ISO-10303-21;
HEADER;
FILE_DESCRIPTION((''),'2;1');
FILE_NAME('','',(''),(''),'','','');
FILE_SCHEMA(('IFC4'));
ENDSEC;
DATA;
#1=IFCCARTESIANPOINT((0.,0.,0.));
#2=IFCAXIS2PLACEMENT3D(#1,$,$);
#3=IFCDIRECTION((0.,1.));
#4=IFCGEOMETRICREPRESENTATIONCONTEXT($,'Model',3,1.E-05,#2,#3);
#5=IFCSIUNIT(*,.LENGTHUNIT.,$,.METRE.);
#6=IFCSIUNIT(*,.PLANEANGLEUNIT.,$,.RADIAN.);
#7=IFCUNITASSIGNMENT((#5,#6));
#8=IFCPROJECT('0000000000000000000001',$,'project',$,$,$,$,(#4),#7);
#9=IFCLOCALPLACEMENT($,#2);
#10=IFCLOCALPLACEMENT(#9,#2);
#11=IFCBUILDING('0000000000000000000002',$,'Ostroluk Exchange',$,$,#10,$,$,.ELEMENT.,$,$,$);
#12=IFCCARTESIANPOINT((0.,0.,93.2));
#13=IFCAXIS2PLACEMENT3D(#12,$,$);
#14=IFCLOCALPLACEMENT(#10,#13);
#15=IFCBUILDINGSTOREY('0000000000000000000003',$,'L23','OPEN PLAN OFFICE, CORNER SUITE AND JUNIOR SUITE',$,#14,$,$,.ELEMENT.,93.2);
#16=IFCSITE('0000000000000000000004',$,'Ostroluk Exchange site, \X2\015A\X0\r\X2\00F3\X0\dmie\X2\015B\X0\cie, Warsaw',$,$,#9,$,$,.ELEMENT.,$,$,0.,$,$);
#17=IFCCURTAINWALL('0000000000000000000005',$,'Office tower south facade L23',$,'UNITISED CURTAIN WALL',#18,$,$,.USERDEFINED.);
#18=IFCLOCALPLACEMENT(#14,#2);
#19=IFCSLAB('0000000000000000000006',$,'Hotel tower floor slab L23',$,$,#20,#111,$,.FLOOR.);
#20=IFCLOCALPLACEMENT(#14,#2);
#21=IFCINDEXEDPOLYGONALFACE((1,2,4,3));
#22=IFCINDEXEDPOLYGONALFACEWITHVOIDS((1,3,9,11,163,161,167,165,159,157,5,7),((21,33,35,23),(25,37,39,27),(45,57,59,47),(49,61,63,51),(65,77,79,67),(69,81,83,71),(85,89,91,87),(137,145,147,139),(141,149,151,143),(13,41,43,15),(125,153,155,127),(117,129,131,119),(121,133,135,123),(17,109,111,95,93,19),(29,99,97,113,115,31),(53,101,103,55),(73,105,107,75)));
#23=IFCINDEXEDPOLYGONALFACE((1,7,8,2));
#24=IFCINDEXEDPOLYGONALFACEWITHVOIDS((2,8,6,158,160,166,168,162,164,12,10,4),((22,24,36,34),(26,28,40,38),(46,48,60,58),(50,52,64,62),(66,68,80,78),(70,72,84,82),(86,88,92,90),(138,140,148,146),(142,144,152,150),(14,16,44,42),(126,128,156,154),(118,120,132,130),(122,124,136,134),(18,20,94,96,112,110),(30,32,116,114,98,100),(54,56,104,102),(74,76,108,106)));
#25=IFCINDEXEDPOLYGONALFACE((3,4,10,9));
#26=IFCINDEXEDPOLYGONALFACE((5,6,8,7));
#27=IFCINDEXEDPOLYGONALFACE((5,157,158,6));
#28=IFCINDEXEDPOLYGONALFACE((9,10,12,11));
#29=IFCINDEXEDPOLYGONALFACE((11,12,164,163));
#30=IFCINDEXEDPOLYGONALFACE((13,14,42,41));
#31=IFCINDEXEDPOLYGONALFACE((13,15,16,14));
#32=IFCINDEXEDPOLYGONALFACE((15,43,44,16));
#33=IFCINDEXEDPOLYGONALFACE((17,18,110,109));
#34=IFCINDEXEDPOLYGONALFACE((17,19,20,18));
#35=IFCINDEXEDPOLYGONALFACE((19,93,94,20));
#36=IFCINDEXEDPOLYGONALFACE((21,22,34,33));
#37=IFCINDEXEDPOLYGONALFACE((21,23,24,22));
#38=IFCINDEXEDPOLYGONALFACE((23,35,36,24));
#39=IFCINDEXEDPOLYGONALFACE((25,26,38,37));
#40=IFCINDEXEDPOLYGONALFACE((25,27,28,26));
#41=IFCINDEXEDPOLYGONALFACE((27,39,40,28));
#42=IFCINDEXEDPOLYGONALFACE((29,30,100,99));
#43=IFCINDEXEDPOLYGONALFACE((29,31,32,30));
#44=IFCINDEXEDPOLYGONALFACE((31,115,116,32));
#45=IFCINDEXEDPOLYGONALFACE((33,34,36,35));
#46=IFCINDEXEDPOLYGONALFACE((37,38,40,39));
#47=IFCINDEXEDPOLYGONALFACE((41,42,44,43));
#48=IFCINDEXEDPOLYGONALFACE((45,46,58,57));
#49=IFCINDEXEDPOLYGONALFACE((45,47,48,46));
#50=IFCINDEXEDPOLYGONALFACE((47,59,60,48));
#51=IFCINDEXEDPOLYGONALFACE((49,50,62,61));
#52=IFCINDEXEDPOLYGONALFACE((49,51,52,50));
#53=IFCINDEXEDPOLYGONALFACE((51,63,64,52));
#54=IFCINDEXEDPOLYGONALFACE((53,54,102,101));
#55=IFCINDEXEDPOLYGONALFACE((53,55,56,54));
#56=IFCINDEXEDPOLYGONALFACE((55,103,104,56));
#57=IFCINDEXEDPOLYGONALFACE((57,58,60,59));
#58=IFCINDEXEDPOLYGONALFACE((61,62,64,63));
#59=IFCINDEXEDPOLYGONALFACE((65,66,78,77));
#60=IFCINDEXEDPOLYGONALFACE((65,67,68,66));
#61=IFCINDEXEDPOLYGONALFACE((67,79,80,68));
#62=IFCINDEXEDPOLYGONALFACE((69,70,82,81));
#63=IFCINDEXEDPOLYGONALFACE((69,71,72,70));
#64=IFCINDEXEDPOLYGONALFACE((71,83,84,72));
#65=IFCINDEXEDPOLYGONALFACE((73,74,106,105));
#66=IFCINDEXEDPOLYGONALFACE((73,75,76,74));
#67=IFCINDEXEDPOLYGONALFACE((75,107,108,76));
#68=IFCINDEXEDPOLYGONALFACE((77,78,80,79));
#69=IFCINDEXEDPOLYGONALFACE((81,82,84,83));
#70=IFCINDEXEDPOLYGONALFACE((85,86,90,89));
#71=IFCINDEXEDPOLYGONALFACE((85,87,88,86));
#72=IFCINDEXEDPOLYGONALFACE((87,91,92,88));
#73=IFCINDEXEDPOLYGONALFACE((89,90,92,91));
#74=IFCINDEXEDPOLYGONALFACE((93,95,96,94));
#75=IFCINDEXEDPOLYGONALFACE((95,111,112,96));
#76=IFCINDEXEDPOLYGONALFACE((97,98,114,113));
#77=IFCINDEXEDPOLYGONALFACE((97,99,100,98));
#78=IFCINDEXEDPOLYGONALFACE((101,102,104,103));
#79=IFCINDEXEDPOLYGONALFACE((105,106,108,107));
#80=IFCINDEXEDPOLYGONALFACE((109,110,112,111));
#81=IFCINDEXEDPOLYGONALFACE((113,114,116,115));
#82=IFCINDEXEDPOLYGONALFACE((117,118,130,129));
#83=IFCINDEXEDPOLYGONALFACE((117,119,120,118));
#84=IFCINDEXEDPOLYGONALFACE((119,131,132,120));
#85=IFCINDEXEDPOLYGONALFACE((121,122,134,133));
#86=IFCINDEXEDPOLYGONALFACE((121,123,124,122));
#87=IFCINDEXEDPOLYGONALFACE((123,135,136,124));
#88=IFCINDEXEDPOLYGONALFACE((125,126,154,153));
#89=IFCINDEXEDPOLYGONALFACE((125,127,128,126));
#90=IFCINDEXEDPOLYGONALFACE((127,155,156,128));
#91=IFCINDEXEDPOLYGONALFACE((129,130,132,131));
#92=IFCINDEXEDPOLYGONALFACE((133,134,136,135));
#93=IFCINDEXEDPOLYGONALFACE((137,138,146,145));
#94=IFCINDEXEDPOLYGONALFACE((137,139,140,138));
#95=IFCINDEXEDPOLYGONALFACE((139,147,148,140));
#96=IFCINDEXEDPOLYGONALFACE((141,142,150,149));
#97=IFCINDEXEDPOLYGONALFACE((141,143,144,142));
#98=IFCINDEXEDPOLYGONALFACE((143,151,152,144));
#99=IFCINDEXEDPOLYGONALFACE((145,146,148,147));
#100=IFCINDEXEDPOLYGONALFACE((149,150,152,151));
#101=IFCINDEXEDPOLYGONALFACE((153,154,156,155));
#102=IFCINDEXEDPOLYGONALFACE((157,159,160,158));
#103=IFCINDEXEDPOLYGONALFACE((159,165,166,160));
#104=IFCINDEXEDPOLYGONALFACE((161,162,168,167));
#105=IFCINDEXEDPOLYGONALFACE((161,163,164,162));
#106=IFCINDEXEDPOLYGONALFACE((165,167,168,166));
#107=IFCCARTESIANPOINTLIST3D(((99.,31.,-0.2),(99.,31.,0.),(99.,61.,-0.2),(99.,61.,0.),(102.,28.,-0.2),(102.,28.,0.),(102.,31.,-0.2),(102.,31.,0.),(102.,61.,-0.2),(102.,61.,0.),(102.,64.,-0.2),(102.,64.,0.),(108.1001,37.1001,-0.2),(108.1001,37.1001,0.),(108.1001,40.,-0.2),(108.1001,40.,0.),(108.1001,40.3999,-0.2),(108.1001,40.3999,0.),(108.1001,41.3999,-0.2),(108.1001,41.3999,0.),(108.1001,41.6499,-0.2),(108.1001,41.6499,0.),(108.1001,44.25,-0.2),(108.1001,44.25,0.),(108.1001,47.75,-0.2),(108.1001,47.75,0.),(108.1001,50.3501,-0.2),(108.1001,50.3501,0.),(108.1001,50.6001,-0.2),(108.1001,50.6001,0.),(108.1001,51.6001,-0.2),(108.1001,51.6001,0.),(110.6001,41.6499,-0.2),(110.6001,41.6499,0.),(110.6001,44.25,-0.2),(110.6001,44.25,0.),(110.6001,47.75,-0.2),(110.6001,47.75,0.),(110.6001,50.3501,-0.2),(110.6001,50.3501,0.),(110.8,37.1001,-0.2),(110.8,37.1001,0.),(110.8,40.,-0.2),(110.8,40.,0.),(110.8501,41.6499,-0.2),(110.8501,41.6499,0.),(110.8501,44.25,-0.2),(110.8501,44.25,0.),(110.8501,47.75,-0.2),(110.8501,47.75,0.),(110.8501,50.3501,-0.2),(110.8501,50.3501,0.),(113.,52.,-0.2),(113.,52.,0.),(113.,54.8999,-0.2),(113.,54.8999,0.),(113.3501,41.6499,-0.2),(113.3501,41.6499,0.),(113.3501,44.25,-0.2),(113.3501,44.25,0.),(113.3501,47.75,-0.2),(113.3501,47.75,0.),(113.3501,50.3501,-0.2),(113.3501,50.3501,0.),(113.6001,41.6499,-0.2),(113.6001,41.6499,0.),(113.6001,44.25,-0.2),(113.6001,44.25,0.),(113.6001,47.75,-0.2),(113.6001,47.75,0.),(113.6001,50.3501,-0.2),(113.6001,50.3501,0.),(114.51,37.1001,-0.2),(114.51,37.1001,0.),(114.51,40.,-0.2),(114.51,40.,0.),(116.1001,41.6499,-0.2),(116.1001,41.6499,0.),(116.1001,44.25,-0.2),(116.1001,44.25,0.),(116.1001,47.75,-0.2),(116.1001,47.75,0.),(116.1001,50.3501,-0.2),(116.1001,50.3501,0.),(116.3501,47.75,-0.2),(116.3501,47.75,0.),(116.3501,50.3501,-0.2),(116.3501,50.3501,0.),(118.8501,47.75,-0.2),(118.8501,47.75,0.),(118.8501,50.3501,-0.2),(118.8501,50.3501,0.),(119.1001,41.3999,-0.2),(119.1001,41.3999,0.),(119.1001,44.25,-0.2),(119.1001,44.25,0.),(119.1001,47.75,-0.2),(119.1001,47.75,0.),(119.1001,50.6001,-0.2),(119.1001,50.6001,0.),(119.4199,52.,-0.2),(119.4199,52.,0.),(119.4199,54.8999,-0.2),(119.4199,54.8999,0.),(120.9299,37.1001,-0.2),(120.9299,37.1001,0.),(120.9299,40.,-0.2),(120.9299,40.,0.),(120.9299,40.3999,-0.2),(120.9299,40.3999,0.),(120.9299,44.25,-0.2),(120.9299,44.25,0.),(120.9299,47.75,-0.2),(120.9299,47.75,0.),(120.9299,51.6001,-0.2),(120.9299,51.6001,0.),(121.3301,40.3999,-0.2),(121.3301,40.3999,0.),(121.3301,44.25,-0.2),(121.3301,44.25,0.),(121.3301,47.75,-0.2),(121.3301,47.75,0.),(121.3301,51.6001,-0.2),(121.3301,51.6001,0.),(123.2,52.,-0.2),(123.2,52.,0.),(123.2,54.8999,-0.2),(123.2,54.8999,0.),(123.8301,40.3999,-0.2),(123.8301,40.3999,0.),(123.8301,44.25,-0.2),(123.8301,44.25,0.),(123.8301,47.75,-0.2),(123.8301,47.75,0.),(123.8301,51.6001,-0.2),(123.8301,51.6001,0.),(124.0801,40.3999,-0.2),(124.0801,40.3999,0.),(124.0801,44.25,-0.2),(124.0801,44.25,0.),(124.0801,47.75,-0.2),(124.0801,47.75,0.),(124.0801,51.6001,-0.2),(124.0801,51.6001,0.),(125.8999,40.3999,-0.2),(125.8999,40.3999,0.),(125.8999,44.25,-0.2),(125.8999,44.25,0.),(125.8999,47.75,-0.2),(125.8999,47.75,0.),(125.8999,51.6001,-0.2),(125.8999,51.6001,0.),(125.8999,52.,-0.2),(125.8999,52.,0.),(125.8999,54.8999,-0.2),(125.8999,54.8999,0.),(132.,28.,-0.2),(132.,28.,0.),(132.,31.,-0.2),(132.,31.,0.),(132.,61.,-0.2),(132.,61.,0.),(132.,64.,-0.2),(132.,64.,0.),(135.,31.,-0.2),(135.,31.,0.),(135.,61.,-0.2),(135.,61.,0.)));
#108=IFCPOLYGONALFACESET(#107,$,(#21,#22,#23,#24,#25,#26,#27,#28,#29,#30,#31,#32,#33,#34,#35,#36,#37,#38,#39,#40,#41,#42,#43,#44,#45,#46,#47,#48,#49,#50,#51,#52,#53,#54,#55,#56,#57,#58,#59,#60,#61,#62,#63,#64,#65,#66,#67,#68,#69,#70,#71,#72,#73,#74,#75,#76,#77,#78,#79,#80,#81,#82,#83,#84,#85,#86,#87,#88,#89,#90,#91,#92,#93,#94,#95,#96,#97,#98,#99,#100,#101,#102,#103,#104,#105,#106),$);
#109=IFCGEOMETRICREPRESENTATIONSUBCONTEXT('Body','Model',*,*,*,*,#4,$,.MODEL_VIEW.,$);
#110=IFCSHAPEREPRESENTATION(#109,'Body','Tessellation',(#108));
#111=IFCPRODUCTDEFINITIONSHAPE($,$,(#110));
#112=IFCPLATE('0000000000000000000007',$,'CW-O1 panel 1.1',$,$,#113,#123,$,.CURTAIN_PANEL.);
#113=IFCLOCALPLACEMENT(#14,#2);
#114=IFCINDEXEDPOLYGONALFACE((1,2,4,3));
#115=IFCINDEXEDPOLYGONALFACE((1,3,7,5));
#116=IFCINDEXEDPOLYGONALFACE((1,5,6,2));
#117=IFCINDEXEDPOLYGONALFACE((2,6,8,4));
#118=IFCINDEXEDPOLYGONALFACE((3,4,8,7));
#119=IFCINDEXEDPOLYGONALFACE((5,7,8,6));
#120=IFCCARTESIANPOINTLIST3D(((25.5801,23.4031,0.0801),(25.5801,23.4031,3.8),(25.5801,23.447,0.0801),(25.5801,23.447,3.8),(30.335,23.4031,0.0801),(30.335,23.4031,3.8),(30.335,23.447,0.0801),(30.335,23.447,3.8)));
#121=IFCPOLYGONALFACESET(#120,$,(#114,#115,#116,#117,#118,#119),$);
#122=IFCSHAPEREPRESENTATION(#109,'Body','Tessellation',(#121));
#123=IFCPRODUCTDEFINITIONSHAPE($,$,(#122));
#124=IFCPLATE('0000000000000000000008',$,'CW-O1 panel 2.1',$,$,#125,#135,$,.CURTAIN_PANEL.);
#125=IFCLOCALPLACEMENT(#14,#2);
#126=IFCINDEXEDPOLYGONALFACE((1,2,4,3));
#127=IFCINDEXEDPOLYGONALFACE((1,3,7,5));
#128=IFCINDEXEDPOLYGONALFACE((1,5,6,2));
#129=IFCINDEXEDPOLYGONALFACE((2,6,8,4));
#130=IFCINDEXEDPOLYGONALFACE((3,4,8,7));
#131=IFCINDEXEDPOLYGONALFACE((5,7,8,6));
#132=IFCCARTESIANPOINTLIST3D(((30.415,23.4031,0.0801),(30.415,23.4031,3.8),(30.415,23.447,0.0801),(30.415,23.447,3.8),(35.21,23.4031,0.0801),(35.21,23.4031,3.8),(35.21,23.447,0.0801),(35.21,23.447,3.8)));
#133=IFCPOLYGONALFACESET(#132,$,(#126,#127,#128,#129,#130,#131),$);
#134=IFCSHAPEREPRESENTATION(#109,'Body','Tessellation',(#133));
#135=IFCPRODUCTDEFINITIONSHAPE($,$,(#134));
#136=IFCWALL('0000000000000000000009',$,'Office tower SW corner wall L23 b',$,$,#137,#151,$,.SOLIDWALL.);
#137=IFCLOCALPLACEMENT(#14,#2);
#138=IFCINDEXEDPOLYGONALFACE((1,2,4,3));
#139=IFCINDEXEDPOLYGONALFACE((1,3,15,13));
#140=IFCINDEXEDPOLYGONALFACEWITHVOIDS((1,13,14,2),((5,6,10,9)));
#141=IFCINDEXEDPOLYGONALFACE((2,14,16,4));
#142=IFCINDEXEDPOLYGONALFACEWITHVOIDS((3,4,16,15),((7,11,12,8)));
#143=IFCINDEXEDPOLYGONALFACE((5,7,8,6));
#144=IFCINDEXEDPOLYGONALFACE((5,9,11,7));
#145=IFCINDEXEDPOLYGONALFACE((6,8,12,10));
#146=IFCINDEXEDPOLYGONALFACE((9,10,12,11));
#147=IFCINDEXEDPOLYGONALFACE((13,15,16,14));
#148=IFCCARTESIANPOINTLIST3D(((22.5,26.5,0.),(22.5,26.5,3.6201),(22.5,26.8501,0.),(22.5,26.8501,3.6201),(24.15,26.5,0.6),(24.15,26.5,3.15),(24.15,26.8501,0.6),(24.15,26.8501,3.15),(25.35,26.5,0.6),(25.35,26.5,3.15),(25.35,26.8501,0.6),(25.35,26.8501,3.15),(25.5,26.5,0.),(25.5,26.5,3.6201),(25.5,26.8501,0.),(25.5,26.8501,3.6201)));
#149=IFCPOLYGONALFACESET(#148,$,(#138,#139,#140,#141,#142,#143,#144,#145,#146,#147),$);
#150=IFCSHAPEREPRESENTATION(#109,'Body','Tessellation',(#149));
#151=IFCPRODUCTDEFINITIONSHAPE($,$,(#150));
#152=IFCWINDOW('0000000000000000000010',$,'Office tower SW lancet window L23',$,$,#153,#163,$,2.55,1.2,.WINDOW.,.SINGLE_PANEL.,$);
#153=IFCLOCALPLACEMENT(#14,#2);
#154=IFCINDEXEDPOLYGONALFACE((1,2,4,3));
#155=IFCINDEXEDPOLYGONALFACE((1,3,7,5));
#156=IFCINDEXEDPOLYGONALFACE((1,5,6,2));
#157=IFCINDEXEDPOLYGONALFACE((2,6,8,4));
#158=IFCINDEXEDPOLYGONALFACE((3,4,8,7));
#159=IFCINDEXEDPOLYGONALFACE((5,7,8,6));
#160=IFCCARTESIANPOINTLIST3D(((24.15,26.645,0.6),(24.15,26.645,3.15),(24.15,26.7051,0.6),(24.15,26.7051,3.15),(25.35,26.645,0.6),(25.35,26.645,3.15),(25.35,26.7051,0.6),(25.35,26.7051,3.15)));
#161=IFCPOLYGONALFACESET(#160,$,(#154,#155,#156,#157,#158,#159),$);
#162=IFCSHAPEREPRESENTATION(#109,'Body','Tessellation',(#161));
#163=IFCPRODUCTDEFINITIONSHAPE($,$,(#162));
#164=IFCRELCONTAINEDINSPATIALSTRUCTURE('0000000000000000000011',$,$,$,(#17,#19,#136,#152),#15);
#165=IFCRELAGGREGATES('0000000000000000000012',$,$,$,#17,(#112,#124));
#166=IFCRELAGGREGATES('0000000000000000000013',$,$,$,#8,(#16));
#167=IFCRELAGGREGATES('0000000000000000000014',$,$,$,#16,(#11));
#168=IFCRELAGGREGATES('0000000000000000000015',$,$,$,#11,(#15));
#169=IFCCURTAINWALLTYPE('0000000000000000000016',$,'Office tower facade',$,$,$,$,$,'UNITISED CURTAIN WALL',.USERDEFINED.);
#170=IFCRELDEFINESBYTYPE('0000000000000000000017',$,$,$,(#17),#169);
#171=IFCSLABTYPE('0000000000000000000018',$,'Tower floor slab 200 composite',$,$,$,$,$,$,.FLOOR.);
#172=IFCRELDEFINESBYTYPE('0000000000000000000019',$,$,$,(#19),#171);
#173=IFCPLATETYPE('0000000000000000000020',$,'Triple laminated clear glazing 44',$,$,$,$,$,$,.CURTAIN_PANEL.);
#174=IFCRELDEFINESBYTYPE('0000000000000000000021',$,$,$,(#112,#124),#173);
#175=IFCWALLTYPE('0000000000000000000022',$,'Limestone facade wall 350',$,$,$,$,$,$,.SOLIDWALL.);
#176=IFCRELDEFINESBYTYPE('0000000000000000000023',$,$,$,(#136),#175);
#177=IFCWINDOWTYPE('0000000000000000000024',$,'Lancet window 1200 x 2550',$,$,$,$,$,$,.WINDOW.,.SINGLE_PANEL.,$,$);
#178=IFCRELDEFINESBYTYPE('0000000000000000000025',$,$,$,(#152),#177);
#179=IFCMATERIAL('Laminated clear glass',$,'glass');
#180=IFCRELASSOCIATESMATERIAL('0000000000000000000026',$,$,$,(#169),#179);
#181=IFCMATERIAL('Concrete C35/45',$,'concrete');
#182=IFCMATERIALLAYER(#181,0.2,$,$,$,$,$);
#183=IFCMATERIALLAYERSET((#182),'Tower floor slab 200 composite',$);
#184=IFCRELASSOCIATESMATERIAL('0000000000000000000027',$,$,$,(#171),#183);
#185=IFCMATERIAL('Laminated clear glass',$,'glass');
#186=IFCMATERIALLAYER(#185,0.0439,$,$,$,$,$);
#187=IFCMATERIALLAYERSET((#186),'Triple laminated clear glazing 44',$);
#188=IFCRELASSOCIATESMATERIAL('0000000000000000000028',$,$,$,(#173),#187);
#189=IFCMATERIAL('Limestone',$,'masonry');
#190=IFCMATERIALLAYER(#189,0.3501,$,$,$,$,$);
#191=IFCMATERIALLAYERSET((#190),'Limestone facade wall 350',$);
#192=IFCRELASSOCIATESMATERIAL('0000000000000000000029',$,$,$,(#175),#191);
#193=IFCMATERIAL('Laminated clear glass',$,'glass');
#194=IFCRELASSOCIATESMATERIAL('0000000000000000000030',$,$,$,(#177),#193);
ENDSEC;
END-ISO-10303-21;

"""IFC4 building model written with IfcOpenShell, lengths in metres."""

from ifc_helpers import new_model, si_unit, direction, frame, frame_2d, origin, origin_2d, place, context, subcontext, project, spatial, polyline, rectangle, outline, extrude, material, layer, layer_set, type_object, element, fill, aggregate, save


model = new_model("IFC4")

# Units and contexts
model_context = context("Model", 3, precision=1e-05, world=origin(), true_north=direction((0.0, 1.0)))
body_context = subcontext(model_context, "Body", "Model", "MODEL_VIEW")
ifc_project = project(units=[si_unit("LENGTHUNIT", "METRE"), si_unit("PLANEANGLEUNIT", "RADIAN")], contexts=[model_context])

# Site, building, storey
site_placement = place(None, origin())
site = spatial("IfcSite", under=ifc_project, at=site_placement, Name="Ostroluk Exchange site, Śródmieście, Warsaw", CompositionType="ELEMENT", RefElevation=0.0)
building_placement = place(site_placement, origin())
building = spatial("IfcBuilding", under=site, at=building_placement, Name="Ostroluk Exchange", CompositionType="ELEMENT")
storey_placement = place(building_placement, frame((0.0, 0.0, 93.2)))
storey = spatial("IfcBuildingStorey", under=building, at=storey_placement, Name="L23", Description="OPEN PLAN OFFICE, CORNER SUITE AND JUNIOR SUITE", CompositionType="ELEMENT", Elevation=93.2)

# Curtain wall
ifc_material_1 = material(Name="Laminated clear glass", Category="glass")
curtain_wall_type = type_object("IfcCurtainWallType", Name="Office tower facade", ElementType="UNITISED CURTAIN WALL", PredefinedType="USERDEFINED", material=ifc_material_1)
curtain_wall_1_placement = place(storey_placement, origin())
curtain_wall_1 = element("IfcCurtainWall", 1, at=curtain_wall_1_placement, inside=storey, type_object=curtain_wall_type, Name="Office tower south facade L23", ObjectType="UNITISED CURTAIN WALL", PredefinedType="USERDEFINED")

# Slab
ifc_material_2 = material(Name="Concrete C35/45", Category="concrete")
ifc_layer_1 = layer(ifc_material_2, 0.2)
ifc_layer_set_1 = layer_set([ifc_layer_1], Name="Tower floor slab 200 composite")
slab_type_1 = type_object("IfcSlabType", Name="Tower floor slab 200 composite", PredefinedType="FLOOR", material=ifc_layer_set_1)
slab_1_placement = place(storey_placement, frame((0.0, 0.0, -0.2)))
element("IfcSlab", 2, at=slab_1_placement, inside=storey, type_object=slab_type_1, Name="Hotel tower floor slab L23", PredefinedType="FLOOR", context=body_context, shape_type="SweptSolid", body=[
    extrude(outline(polyline([(102.0, 28.0), (132.0, 28.0), (132.0, 31.0), (135.0, 31.0), (135.0, 61.0), (132.0, 61.0), (132.0, 64.0), (102.0, 64.0), (102.0, 61.0), (99.0, 61.0), (99.0, 31.0), (102.0, 31.0), (102.0, 28.0)]), holes=[polyline([(108.1001, 37.1001), (110.8, 37.1001), (110.8, 40.0), (108.1001, 40.0), (108.1001, 37.1001)]), polyline([(114.51, 37.1001), (120.9299, 37.1001), (120.9299, 40.0), (114.51, 40.0), (114.51, 37.1001)]), polyline([(113.0, 52.0), (119.4199, 52.0), (119.4199, 54.8999), (113.0, 54.8999), (113.0, 52.0)]), polyline([(123.2, 52.0), (125.8999, 52.0), (125.8999, 54.8999), (123.2, 54.8999), (123.2, 52.0)]), polyline([(108.1001, 47.75), (110.6001, 47.75), (110.6001, 50.3501), (108.1001, 50.3501), (108.1001, 47.75)]), polyline([(110.8501, 47.75), (113.3501, 47.75), (113.3501, 50.3501), (110.8501, 50.3501), (110.8501, 47.75)]), polyline([(113.6001, 47.75), (116.1001, 47.75), (116.1001, 50.3501), (113.6001, 50.3501), (113.6001, 47.75)]), polyline([(116.3501, 47.75), (118.8501, 47.75), (118.8501, 50.3501), (116.3501, 50.3501), (116.3501, 47.75)]), polyline([(108.1001, 41.6499), (110.6001, 41.6499), (110.6001, 44.25), (108.1001, 44.25), (108.1001, 41.6499)]), polyline([(110.8501, 41.6499), (113.3501, 41.6499), (113.3501, 44.25), (110.8501, 44.25), (110.8501, 41.6499)]), polyline([(113.6001, 41.6499), (116.1001, 41.6499), (116.1001, 44.25), (113.6001, 44.25), (113.6001, 41.6499)]), polyline([(121.3301, 47.75), (123.8301, 47.75), (123.8301, 51.6001), (121.3301, 51.6001), (121.3301, 47.75)]), polyline([(121.3301, 40.3999), (123.8301, 40.3999), (123.8301, 44.25), (121.3301, 44.25), (121.3301, 40.3999)]), polyline([(120.9299, 51.6001), (120.9299, 47.75), (119.1001, 47.75), (119.1001, 50.6001), (108.1001, 50.6001), (108.1001, 51.6001), (120.9299, 51.6001)]), polyline([(108.1001, 40.3999), (108.1001, 41.3999), (119.1001, 41.3999), (119.1001, 44.25), (120.9299, 44.25), (120.9299, 40.3999), (108.1001, 40.3999)]), polyline([(124.0801, 47.75), (125.8999, 47.75), (125.8999, 51.6001), (124.0801, 51.6001), (124.0801, 47.75)]), polyline([(124.0801, 40.3999), (125.8999, 40.3999), (125.8999, 44.25), (124.0801, 44.25), (124.0801, 40.3999)])]), origin(), (0.0, 0.0, 1.0), 0.2),
])

# Plates
ifc_material_3 = material(Name="Laminated clear glass", Category="glass")
ifc_layer_2 = layer(ifc_material_3, 0.0439)
ifc_layer_set_2 = layer_set([ifc_layer_2], Name="Triple laminated clear glazing 44")
plate_type_1 = type_object("IfcPlateType", Name="Triple laminated clear glazing 44", PredefinedType="CURTAIN_PANEL", material=ifc_layer_set_2)
plate_1_placement = place(storey_placement, frame((27.9575, 23.425, 0.0801), z_axis=(0.0, 0.0, 1.0), x_axis=(1.0, 0.0, 0.0)))
plate_1 = element("IfcPlate", 3, at=plate_1_placement, type_object=plate_type_1, Name="CW-O1 panel 1.1", PredefinedType="CURTAIN_PANEL", context=body_context, shape_type="SweptSolid", body=[
    extrude(rectangle(XDim=4.7549, YDim=0.0439, at=origin_2d()), origin(), (0.0, 0.0, 1.0), 3.72),
])
plate_2_placement = place(storey_placement, frame((32.8125, 23.425, 0.0801), z_axis=(0.0, 0.0, 1.0), x_axis=(1.0, 0.0, 0.0)))
plate_2 = element("IfcPlate", 4, at=plate_2_placement, type_object=plate_type_1, Name="CW-O1 panel 2.1", PredefinedType="CURTAIN_PANEL", context=body_context, shape_type="SweptSolid", body=[
    extrude(rectangle(XDim=4.7949, YDim=0.0439, at=origin_2d()), origin(), (0.0, 0.0, 1.0), 3.72),
])
aggregate(curtain_wall_1, [plate_1, plate_2])

# Shared definitions
ifc_material_4 = material(Name="Limestone", Category="masonry")
ifc_layer_3 = layer(ifc_material_4, 0.3501)
ifc_layer_set_3 = layer_set([ifc_layer_3], Name="Limestone facade wall 350")
wall_type = type_object("IfcWallType", Name="Limestone facade wall 350", PredefinedType="SOLIDWALL", material=ifc_layer_set_3)

# Wall, opening, window
wall_1_placement = place(storey_placement, frame((25.5, 26.675, 0.0), z_axis=(0.0, 0.0, 1.0), x_axis=(-1.0, 0.0, 0.0)))
wall_1 = element("IfcWall", 5, at=wall_1_placement, inside=storey, type_object=wall_type, Name="Office tower SW corner wall L23 b", PredefinedType="SOLIDWALL", context=body_context, shape_type="SweptSolid", body=[
    extrude(rectangle(XDim=3.0, YDim=0.3501, at=frame_2d((1.5, 0.0))), origin(), (0.0, 0.0, 1.0), 3.6201),
])
opening_1_placement = place(wall_1_placement, frame((0.1499, 0.0, 0.6001)))
opening_1 = element("IfcOpeningElement", 6, at=opening_1_placement, cuts=wall_1, PredefinedType="OPENING", context=body_context, shape_type="SweptSolid", body=[
    extrude(rectangle(XDim=1.2, YDim=2.55, at=frame_2d((0.6001, 1.2749))), frame((0.0, 0.1851, 0.0), z_axis=(0.0, -1.0, 0.0), x_axis=(1.0, 0.0, 0.0)), (0.0, 0.0, 1.0), 0.3701),
])
ifc_material_5 = material(Name="Laminated clear glass", Category="glass")
window_type = type_object("IfcWindowType", Name="Lancet window 1200 x 2550", PartitioningType="SINGLE_PANEL", PredefinedType="WINDOW", material=ifc_material_5)
window_placement = place(opening_1_placement, origin())
window = element("IfcWindow", 7, at=window_placement, inside=storey, type_object=window_type, Name="Office tower SW lancet window L23", OverallHeight=2.55, OverallWidth=1.2, PartitioningType="SINGLE_PANEL", PredefinedType="WINDOW", context=body_context, shape_type="SweptSolid", body=[
    extrude(rectangle(XDim=1.2, YDim=2.55, at=frame_2d((0.6001, 1.2749))), frame((0.0, 0.03, 0.0), z_axis=(0.0, -1.0, 0.0), x_axis=(1.0, 0.0, 0.0)), (0.0, 0.0, 1.0), 0.0601),
])
fill(opening_1, window)

save(model, "model.ifc")
